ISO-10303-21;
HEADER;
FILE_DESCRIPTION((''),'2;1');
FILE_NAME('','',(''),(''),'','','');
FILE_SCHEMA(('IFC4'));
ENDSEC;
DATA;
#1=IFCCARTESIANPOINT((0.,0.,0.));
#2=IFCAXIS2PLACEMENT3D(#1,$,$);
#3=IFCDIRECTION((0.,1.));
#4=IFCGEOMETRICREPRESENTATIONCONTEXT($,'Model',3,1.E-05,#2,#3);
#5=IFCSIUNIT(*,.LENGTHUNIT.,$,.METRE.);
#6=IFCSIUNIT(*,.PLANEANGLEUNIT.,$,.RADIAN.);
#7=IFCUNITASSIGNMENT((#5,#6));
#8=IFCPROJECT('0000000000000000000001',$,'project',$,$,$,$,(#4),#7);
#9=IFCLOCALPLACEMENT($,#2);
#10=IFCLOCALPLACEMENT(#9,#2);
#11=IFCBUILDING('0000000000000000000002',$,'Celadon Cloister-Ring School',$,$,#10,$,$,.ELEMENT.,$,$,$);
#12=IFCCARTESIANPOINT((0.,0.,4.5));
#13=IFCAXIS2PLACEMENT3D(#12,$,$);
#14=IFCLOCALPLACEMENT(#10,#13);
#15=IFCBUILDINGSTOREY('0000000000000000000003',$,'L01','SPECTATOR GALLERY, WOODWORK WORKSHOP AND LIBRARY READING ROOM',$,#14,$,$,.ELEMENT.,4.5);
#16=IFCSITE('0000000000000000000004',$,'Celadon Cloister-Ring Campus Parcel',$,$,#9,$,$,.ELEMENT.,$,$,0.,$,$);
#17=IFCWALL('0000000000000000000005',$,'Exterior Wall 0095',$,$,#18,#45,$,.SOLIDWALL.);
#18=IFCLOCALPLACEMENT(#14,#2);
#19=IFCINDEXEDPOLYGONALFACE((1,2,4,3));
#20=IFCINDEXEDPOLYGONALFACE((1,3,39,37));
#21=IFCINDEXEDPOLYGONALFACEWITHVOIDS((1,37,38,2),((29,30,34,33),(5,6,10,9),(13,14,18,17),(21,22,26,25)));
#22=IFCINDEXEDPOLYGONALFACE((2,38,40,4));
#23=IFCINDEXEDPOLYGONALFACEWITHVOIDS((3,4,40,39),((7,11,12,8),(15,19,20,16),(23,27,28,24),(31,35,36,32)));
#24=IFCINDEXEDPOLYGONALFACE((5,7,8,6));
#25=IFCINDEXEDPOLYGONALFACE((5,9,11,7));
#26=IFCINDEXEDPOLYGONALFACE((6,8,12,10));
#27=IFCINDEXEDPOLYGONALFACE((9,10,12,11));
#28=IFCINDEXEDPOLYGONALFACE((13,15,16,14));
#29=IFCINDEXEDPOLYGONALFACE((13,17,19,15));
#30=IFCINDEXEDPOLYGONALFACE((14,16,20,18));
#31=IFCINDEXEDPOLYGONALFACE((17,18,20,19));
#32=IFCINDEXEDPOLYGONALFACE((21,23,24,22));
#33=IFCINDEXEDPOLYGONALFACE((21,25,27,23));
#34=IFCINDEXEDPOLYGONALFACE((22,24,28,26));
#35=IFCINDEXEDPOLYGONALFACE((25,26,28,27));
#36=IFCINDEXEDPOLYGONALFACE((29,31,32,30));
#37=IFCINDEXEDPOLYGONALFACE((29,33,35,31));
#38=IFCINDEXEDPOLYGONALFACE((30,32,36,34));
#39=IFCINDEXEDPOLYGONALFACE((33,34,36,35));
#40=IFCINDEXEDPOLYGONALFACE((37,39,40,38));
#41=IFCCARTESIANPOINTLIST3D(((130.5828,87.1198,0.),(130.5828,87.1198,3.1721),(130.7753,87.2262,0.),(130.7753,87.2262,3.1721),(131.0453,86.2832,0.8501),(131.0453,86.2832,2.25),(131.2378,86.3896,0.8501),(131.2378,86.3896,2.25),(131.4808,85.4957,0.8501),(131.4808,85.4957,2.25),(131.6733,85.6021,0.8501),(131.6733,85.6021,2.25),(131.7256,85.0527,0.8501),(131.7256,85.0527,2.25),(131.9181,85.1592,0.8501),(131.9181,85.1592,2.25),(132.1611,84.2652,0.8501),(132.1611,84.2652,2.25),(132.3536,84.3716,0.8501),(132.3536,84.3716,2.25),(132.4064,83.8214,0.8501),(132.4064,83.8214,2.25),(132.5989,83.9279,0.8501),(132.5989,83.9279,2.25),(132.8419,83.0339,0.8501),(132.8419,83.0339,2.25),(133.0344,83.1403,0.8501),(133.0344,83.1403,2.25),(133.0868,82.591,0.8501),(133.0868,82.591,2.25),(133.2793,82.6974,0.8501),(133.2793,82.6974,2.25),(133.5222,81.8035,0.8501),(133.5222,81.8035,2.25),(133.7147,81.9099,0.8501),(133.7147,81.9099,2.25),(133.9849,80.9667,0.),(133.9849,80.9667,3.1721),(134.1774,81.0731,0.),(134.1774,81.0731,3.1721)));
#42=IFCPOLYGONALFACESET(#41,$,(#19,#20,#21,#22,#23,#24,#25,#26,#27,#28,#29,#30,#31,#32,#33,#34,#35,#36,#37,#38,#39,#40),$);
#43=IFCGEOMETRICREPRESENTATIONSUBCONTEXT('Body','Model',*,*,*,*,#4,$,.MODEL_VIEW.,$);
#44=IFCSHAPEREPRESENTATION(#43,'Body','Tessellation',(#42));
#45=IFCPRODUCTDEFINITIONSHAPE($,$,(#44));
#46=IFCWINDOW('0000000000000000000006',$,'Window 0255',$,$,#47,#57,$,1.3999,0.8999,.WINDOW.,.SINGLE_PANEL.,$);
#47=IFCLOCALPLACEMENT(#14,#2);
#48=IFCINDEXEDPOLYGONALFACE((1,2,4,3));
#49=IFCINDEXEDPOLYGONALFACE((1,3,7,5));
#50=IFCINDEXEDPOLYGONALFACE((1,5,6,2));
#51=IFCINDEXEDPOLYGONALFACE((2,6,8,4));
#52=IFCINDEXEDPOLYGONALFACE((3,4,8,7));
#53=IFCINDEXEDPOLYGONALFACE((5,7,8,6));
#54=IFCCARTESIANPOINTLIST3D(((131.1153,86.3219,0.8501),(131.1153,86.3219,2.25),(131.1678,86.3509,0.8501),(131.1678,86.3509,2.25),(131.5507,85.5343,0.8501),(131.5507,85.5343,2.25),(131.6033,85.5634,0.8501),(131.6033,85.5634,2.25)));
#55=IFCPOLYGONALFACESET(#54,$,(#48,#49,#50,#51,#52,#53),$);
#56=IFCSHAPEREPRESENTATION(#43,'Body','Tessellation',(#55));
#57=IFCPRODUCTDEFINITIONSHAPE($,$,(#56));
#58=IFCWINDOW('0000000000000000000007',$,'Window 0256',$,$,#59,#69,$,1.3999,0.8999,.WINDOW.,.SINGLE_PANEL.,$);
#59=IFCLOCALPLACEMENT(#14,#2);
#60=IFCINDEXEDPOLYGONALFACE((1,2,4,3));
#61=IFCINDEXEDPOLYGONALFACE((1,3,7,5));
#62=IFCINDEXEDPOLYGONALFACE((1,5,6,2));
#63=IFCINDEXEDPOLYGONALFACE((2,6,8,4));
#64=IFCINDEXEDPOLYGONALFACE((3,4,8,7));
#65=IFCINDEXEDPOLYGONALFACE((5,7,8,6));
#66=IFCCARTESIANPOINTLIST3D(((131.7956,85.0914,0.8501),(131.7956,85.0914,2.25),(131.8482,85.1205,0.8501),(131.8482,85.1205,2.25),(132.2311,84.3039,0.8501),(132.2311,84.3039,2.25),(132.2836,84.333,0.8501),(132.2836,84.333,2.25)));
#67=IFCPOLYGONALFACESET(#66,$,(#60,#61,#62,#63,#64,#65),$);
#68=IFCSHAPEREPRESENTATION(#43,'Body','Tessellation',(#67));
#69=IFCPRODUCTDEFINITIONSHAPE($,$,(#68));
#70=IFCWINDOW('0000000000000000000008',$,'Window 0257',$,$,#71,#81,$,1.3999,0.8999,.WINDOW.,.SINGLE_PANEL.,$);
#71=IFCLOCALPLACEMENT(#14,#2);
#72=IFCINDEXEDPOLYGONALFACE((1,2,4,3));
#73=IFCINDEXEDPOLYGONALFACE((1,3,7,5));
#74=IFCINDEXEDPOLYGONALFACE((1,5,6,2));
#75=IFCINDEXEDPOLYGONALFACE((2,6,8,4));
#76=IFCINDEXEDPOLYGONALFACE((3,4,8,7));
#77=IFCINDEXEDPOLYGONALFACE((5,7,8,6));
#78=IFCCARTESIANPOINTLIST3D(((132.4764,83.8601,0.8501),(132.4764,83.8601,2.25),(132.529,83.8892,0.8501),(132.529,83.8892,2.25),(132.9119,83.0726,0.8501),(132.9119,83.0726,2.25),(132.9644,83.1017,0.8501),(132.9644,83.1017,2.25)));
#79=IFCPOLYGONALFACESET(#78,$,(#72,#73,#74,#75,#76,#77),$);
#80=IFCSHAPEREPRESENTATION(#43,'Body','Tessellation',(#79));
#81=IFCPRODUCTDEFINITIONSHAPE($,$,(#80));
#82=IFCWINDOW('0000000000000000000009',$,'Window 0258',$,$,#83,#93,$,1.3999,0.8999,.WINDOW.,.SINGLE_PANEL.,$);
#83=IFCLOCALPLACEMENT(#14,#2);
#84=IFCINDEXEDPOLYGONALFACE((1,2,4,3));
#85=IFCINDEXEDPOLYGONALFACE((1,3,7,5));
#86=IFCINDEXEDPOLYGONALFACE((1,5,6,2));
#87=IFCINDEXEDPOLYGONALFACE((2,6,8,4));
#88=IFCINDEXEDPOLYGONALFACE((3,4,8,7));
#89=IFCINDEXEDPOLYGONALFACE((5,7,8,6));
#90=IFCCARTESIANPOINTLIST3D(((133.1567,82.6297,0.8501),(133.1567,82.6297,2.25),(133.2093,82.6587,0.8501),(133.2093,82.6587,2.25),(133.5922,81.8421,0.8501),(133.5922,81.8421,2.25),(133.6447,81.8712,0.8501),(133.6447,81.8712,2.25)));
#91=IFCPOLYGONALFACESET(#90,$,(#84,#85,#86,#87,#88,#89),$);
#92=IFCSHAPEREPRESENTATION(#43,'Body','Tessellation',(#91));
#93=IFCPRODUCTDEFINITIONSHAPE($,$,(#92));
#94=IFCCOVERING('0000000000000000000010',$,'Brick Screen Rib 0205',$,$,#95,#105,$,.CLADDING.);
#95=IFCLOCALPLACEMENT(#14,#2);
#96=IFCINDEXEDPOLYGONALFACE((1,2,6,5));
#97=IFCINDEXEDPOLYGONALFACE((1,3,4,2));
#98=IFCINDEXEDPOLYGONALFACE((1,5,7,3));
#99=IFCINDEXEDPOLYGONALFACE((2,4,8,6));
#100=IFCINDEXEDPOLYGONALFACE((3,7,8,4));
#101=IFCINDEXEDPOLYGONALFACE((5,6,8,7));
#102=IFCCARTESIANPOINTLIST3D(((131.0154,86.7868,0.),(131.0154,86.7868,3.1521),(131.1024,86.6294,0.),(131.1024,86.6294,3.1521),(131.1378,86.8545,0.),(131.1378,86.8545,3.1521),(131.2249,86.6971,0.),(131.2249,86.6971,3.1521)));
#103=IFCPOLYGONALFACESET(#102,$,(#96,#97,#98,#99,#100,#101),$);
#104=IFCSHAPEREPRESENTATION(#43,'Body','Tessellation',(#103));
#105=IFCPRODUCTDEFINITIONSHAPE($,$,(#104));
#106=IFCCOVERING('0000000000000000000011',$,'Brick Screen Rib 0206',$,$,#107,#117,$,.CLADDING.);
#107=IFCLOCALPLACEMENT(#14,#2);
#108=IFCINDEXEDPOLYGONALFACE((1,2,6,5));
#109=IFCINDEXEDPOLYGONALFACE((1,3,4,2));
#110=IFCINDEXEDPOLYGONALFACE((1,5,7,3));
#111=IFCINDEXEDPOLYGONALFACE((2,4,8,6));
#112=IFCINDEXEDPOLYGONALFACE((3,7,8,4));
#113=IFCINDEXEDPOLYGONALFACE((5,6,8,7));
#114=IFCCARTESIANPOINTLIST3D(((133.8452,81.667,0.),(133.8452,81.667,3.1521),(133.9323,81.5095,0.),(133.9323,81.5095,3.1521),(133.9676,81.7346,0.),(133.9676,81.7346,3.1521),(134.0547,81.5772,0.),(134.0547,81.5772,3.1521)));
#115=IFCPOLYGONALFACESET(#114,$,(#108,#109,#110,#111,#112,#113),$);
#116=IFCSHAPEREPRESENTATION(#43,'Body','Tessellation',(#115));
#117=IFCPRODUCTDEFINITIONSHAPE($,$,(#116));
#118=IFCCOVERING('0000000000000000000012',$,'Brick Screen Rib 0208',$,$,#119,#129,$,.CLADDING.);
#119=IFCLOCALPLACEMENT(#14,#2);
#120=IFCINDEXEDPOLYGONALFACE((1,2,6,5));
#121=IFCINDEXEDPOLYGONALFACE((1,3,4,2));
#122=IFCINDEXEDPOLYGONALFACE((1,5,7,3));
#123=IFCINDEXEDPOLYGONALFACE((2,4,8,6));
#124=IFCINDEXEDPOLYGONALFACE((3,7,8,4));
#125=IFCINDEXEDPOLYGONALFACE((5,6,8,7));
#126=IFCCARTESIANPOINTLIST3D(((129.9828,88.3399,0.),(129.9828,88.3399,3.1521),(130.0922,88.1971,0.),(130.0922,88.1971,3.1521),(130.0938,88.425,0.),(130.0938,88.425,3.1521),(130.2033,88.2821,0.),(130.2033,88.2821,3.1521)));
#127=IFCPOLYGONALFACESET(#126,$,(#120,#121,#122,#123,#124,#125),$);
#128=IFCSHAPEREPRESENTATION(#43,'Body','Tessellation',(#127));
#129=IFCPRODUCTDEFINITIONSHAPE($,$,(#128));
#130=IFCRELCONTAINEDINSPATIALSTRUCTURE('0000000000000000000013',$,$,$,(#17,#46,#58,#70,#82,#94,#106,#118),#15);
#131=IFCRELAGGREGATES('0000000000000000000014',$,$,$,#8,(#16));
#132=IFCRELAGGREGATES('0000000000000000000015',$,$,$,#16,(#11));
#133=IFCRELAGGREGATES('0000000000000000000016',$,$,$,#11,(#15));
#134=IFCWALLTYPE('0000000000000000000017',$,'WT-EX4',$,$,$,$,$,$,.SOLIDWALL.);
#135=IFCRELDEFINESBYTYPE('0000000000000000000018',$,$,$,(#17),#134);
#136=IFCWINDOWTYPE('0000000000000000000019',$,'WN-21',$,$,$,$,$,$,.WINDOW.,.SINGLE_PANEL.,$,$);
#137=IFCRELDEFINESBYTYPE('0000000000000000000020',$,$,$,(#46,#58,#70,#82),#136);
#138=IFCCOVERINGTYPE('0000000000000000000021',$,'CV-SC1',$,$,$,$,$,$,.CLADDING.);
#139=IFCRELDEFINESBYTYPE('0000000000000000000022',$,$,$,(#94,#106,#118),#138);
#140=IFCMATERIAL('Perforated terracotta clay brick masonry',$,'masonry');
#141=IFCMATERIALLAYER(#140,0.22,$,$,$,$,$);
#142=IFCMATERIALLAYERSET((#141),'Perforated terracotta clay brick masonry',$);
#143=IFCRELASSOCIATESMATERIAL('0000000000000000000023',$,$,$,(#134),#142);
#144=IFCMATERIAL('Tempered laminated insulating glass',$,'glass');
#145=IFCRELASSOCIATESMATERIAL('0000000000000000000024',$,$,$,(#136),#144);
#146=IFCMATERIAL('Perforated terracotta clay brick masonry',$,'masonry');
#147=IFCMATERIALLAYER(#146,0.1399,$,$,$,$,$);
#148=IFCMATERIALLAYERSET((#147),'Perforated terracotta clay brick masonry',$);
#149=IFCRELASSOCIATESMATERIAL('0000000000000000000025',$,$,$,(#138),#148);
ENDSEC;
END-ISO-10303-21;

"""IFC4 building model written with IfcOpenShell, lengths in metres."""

from ifc_helpers import new_model, si_unit, direction, frame, frame_2d, origin, origin_2d, place, context, subcontext, project, spatial, rectangle, extrude, material, layer, layer_set, type_object, element, fill, save


model = new_model("IFC4")

# Units and contexts
model_context = context("Model", 3, precision=1e-05, world=origin(), true_north=direction((0.0, 1.0)))
body_context = subcontext(model_context, "Body", "Model", "MODEL_VIEW")
ifc_project = project(units=[si_unit("LENGTHUNIT", "METRE"), si_unit("PLANEANGLEUNIT", "RADIAN")], contexts=[model_context])

# Site, building, storey
site_placement = place(None, origin())
site = spatial("IfcSite", under=ifc_project, at=site_placement, Name="Celadon Cloister-Ring Campus Parcel", CompositionType="ELEMENT", RefElevation=0.0)
building_placement = place(site_placement, origin())
building = spatial("IfcBuilding", under=site, at=building_placement, Name="Celadon Cloister-Ring School", CompositionType="ELEMENT")
storey_placement = place(building_placement, frame((0.0, 0.0, 4.5)))
storey = spatial("IfcBuildingStorey", under=building, at=storey_placement, Name="L01", Description="SPECTATOR GALLERY, WOODWORK WORKSHOP AND LIBRARY READING ROOM", CompositionType="ELEMENT", Elevation=4.5)

# Wall, openings, windows
ifc_material_1 = material(Name="Perforated terracotta clay brick masonry", Category="masonry")
ifc_layer_1 = layer(ifc_material_1, 0.22)
ifc_layer_set_1 = layer_set([ifc_layer_1], Name="Perforated terracotta clay brick masonry")
wall_type = type_object("IfcWallType", Name="WT-EX4", PredefinedType="SOLIDWALL", material=ifc_layer_set_1)
wall_placement = place(storey_placement, frame((130.679, 87.1731, 0.0), z_axis=(0.0, 0.0, 1.0), x_axis=(0.483873, -0.875138, 0.0)))
wall = element("IfcWall", 1, at=wall_placement, inside=storey, type_object=wall_type, Name="Exterior Wall 0095", PredefinedType="SOLIDWALL", context=body_context, shape_type="SweptSolid", body=[
    extrude(rectangle(XDim=7.031, YDim=0.22, at=frame_2d((3.5156, 0.0))), origin(), (0.0, 0.0, 1.0), 3.1721),
])
opening_1_placement = place(wall_placement, frame((0.9561, 0.0, 0.8501)))
opening_1 = element("IfcOpeningElement", 2, at=opening_1_placement, cuts=wall, PredefinedType="OPENING", context=body_context, shape_type="SweptSolid", body=[
    extrude(rectangle(XDim=0.8999, YDim=1.3999, at=frame_2d((0.45, 0.7))), frame((0.0, 0.1201, 0.0), z_axis=(0.0, -1.0, 0.0), x_axis=(1.0, 0.0, 0.0)), (0.0, 0.0, 1.0), 0.24),
])
opening_2_placement = place(wall_placement, frame((2.3621, 0.0, 0.8501)))
opening_2 = element("IfcOpeningElement", 3, at=opening_2_placement, cuts=wall, PredefinedType="OPENING", context=body_context, shape_type="SweptSolid", body=[
    extrude(rectangle(XDim=0.8999, YDim=1.3999, at=frame_2d((0.45, 0.7))), frame((0.0, 0.1201, 0.0), z_axis=(0.0, -1.0, 0.0), x_axis=(1.0, 0.0, 0.0)), (0.0, 0.0, 1.0), 0.24),
])
opening_3_placement = place(wall_placement, frame((3.769, 0.0, 0.8501)))
opening_3 = element("IfcOpeningElement", 4, at=opening_3_placement, cuts=wall, PredefinedType="OPENING", context=body_context, shape_type="SweptSolid", body=[
    extrude(rectangle(XDim=0.8999, YDim=1.3999, at=frame_2d((0.45, 0.7))), frame((0.0, 0.1201, 0.0), z_axis=(0.0, -1.0, 0.0), x_axis=(1.0, 0.0, 0.0)), (0.0, 0.0, 1.0), 0.24),
])
opening_4_placement = place(wall_placement, frame((5.175, 0.0, 0.8501)))
opening_4 = element("IfcOpeningElement", 5, at=opening_4_placement, cuts=wall, PredefinedType="OPENING", context=body_context, shape_type="SweptSolid", body=[
    extrude(rectangle(XDim=0.8999, YDim=1.3999, at=frame_2d((0.45, 0.7))), frame((0.0, 0.1201, 0.0), z_axis=(0.0, -1.0, 0.0), x_axis=(1.0, 0.0, 0.0)), (0.0, 0.0, 1.0), 0.24),
])
ifc_material_2 = material(Name="Tempered laminated insulating glass", Category="glass")
window_type = type_object("IfcWindowType", Name="WN-21", PartitioningType="SINGLE_PANEL", PredefinedType="WINDOW", material=ifc_material_2)
window_1_placement = place(opening_1_placement, origin())
window_1 = element("IfcWindow", 6, at=window_1_placement, inside=storey, type_object=window_type, Name="Window 0255", OverallHeight=1.3999, OverallWidth=0.8999, PartitioningType="SINGLE_PANEL", PredefinedType="WINDOW", context=body_context, shape_type="SweptSolid", body=[
    extrude(rectangle(XDim=0.8999, YDim=1.3999, at=frame_2d((0.45, 0.7))), frame((0.0, 0.03, 0.0), z_axis=(0.0, -1.0, 0.0), x_axis=(1.0, 0.0, 0.0)), (0.0, 0.0, 1.0), 0.0601),
])
fill(opening_1, window_1)
window_2_placement = place(opening_2_placement, origin())
window_2 = element("IfcWindow", 7, at=window_2_placement, inside=storey, type_object=window_type, Name="Window 0256", OverallHeight=1.3999, OverallWidth=0.8999, PartitioningType="SINGLE_PANEL", PredefinedType="WINDOW", context=body_context, shape_type="SweptSolid", body=[
    extrude(rectangle(XDim=0.8999, YDim=1.3999, at=frame_2d((0.45, 0.7))), frame((0.0, 0.03, 0.0), z_axis=(0.0, -1.0, 0.0), x_axis=(1.0, 0.0, 0.0)), (0.0, 0.0, 1.0), 0.0601),
])
fill(opening_2, window_2)
window_3_placement = place(opening_3_placement, origin())
window_3 = element("IfcWindow", 8, at=window_3_placement, inside=storey, type_object=window_type, Name="Window 0257", OverallHeight=1.3999, OverallWidth=0.8999, PartitioningType="SINGLE_PANEL", PredefinedType="WINDOW", context=body_context, shape_type="SweptSolid", body=[
    extrude(rectangle(XDim=0.8999, YDim=1.3999, at=frame_2d((0.45, 0.7))), frame((0.0, 0.03, 0.0), z_axis=(0.0, -1.0, 0.0), x_axis=(1.0, 0.0, 0.0)), (0.0, 0.0, 1.0), 0.0601),
])
fill(opening_3, window_3)
window_4_placement = place(opening_4_placement, origin())
window_4 = element("IfcWindow", 9, at=window_4_placement, inside=storey, type_object=window_type, Name="Window 0258", OverallHeight=1.3999, OverallWidth=0.8999, PartitioningType="SINGLE_PANEL", PredefinedType="WINDOW", context=body_context, shape_type="SweptSolid", body=[
    extrude(rectangle(XDim=0.8999, YDim=1.3999, at=frame_2d((0.45, 0.7))), frame((0.0, 0.03, 0.0), z_axis=(0.0, -1.0, 0.0), x_axis=(1.0, 0.0, 0.0)), (0.0, 0.0, 1.0), 0.0601),
])
fill(opening_4, window_4)

# Coverings
ifc_material_3 = material(Name="Perforated terracotta clay brick masonry", Category="masonry")
ifc_layer_2 = layer(ifc_material_3, 0.1399)
ifc_layer_set_2 = layer_set([ifc_layer_2], Name="Perforated terracotta clay brick masonry")
covering_type = type_object("IfcCoveringType", Name="CV-SC1", PredefinedType="CLADDING", material=ifc_layer_set_2)
for number, where, z_axis, x_axis, name in (
    (10, (131.1201, 86.7419, 0.0), (0.0, 0.0, 1.0), (0.483863, -0.875144, 0.0), "Brick Screen Rib 0205"),
    (11, (133.95, 81.6221, 0.0), (0.0, 0.0, 1.0), (0.483863, -0.875144, 0.0), "Brick Screen Rib 0206"),
    (12, (130.093, 88.311, 0.0), (0.0, 0.0, 1.0), (0.608041, -0.793906, 0.0), "Brick Screen Rib 0208"),
):
    element("IfcCovering", number, at=place(storey_placement, frame(where, z_axis=z_axis, x_axis=x_axis)), inside=storey, type_object=covering_type, Name=name, PredefinedType="CLADDING", context=body_context, shape_type="SweptSolid", body=[
        extrude(rectangle(XDim=0.1799, YDim=0.1399, at=origin_2d()), origin(), (0.0, 0.0, 1.0), 3.1521),
    ])

save(model, "model.ifc")
